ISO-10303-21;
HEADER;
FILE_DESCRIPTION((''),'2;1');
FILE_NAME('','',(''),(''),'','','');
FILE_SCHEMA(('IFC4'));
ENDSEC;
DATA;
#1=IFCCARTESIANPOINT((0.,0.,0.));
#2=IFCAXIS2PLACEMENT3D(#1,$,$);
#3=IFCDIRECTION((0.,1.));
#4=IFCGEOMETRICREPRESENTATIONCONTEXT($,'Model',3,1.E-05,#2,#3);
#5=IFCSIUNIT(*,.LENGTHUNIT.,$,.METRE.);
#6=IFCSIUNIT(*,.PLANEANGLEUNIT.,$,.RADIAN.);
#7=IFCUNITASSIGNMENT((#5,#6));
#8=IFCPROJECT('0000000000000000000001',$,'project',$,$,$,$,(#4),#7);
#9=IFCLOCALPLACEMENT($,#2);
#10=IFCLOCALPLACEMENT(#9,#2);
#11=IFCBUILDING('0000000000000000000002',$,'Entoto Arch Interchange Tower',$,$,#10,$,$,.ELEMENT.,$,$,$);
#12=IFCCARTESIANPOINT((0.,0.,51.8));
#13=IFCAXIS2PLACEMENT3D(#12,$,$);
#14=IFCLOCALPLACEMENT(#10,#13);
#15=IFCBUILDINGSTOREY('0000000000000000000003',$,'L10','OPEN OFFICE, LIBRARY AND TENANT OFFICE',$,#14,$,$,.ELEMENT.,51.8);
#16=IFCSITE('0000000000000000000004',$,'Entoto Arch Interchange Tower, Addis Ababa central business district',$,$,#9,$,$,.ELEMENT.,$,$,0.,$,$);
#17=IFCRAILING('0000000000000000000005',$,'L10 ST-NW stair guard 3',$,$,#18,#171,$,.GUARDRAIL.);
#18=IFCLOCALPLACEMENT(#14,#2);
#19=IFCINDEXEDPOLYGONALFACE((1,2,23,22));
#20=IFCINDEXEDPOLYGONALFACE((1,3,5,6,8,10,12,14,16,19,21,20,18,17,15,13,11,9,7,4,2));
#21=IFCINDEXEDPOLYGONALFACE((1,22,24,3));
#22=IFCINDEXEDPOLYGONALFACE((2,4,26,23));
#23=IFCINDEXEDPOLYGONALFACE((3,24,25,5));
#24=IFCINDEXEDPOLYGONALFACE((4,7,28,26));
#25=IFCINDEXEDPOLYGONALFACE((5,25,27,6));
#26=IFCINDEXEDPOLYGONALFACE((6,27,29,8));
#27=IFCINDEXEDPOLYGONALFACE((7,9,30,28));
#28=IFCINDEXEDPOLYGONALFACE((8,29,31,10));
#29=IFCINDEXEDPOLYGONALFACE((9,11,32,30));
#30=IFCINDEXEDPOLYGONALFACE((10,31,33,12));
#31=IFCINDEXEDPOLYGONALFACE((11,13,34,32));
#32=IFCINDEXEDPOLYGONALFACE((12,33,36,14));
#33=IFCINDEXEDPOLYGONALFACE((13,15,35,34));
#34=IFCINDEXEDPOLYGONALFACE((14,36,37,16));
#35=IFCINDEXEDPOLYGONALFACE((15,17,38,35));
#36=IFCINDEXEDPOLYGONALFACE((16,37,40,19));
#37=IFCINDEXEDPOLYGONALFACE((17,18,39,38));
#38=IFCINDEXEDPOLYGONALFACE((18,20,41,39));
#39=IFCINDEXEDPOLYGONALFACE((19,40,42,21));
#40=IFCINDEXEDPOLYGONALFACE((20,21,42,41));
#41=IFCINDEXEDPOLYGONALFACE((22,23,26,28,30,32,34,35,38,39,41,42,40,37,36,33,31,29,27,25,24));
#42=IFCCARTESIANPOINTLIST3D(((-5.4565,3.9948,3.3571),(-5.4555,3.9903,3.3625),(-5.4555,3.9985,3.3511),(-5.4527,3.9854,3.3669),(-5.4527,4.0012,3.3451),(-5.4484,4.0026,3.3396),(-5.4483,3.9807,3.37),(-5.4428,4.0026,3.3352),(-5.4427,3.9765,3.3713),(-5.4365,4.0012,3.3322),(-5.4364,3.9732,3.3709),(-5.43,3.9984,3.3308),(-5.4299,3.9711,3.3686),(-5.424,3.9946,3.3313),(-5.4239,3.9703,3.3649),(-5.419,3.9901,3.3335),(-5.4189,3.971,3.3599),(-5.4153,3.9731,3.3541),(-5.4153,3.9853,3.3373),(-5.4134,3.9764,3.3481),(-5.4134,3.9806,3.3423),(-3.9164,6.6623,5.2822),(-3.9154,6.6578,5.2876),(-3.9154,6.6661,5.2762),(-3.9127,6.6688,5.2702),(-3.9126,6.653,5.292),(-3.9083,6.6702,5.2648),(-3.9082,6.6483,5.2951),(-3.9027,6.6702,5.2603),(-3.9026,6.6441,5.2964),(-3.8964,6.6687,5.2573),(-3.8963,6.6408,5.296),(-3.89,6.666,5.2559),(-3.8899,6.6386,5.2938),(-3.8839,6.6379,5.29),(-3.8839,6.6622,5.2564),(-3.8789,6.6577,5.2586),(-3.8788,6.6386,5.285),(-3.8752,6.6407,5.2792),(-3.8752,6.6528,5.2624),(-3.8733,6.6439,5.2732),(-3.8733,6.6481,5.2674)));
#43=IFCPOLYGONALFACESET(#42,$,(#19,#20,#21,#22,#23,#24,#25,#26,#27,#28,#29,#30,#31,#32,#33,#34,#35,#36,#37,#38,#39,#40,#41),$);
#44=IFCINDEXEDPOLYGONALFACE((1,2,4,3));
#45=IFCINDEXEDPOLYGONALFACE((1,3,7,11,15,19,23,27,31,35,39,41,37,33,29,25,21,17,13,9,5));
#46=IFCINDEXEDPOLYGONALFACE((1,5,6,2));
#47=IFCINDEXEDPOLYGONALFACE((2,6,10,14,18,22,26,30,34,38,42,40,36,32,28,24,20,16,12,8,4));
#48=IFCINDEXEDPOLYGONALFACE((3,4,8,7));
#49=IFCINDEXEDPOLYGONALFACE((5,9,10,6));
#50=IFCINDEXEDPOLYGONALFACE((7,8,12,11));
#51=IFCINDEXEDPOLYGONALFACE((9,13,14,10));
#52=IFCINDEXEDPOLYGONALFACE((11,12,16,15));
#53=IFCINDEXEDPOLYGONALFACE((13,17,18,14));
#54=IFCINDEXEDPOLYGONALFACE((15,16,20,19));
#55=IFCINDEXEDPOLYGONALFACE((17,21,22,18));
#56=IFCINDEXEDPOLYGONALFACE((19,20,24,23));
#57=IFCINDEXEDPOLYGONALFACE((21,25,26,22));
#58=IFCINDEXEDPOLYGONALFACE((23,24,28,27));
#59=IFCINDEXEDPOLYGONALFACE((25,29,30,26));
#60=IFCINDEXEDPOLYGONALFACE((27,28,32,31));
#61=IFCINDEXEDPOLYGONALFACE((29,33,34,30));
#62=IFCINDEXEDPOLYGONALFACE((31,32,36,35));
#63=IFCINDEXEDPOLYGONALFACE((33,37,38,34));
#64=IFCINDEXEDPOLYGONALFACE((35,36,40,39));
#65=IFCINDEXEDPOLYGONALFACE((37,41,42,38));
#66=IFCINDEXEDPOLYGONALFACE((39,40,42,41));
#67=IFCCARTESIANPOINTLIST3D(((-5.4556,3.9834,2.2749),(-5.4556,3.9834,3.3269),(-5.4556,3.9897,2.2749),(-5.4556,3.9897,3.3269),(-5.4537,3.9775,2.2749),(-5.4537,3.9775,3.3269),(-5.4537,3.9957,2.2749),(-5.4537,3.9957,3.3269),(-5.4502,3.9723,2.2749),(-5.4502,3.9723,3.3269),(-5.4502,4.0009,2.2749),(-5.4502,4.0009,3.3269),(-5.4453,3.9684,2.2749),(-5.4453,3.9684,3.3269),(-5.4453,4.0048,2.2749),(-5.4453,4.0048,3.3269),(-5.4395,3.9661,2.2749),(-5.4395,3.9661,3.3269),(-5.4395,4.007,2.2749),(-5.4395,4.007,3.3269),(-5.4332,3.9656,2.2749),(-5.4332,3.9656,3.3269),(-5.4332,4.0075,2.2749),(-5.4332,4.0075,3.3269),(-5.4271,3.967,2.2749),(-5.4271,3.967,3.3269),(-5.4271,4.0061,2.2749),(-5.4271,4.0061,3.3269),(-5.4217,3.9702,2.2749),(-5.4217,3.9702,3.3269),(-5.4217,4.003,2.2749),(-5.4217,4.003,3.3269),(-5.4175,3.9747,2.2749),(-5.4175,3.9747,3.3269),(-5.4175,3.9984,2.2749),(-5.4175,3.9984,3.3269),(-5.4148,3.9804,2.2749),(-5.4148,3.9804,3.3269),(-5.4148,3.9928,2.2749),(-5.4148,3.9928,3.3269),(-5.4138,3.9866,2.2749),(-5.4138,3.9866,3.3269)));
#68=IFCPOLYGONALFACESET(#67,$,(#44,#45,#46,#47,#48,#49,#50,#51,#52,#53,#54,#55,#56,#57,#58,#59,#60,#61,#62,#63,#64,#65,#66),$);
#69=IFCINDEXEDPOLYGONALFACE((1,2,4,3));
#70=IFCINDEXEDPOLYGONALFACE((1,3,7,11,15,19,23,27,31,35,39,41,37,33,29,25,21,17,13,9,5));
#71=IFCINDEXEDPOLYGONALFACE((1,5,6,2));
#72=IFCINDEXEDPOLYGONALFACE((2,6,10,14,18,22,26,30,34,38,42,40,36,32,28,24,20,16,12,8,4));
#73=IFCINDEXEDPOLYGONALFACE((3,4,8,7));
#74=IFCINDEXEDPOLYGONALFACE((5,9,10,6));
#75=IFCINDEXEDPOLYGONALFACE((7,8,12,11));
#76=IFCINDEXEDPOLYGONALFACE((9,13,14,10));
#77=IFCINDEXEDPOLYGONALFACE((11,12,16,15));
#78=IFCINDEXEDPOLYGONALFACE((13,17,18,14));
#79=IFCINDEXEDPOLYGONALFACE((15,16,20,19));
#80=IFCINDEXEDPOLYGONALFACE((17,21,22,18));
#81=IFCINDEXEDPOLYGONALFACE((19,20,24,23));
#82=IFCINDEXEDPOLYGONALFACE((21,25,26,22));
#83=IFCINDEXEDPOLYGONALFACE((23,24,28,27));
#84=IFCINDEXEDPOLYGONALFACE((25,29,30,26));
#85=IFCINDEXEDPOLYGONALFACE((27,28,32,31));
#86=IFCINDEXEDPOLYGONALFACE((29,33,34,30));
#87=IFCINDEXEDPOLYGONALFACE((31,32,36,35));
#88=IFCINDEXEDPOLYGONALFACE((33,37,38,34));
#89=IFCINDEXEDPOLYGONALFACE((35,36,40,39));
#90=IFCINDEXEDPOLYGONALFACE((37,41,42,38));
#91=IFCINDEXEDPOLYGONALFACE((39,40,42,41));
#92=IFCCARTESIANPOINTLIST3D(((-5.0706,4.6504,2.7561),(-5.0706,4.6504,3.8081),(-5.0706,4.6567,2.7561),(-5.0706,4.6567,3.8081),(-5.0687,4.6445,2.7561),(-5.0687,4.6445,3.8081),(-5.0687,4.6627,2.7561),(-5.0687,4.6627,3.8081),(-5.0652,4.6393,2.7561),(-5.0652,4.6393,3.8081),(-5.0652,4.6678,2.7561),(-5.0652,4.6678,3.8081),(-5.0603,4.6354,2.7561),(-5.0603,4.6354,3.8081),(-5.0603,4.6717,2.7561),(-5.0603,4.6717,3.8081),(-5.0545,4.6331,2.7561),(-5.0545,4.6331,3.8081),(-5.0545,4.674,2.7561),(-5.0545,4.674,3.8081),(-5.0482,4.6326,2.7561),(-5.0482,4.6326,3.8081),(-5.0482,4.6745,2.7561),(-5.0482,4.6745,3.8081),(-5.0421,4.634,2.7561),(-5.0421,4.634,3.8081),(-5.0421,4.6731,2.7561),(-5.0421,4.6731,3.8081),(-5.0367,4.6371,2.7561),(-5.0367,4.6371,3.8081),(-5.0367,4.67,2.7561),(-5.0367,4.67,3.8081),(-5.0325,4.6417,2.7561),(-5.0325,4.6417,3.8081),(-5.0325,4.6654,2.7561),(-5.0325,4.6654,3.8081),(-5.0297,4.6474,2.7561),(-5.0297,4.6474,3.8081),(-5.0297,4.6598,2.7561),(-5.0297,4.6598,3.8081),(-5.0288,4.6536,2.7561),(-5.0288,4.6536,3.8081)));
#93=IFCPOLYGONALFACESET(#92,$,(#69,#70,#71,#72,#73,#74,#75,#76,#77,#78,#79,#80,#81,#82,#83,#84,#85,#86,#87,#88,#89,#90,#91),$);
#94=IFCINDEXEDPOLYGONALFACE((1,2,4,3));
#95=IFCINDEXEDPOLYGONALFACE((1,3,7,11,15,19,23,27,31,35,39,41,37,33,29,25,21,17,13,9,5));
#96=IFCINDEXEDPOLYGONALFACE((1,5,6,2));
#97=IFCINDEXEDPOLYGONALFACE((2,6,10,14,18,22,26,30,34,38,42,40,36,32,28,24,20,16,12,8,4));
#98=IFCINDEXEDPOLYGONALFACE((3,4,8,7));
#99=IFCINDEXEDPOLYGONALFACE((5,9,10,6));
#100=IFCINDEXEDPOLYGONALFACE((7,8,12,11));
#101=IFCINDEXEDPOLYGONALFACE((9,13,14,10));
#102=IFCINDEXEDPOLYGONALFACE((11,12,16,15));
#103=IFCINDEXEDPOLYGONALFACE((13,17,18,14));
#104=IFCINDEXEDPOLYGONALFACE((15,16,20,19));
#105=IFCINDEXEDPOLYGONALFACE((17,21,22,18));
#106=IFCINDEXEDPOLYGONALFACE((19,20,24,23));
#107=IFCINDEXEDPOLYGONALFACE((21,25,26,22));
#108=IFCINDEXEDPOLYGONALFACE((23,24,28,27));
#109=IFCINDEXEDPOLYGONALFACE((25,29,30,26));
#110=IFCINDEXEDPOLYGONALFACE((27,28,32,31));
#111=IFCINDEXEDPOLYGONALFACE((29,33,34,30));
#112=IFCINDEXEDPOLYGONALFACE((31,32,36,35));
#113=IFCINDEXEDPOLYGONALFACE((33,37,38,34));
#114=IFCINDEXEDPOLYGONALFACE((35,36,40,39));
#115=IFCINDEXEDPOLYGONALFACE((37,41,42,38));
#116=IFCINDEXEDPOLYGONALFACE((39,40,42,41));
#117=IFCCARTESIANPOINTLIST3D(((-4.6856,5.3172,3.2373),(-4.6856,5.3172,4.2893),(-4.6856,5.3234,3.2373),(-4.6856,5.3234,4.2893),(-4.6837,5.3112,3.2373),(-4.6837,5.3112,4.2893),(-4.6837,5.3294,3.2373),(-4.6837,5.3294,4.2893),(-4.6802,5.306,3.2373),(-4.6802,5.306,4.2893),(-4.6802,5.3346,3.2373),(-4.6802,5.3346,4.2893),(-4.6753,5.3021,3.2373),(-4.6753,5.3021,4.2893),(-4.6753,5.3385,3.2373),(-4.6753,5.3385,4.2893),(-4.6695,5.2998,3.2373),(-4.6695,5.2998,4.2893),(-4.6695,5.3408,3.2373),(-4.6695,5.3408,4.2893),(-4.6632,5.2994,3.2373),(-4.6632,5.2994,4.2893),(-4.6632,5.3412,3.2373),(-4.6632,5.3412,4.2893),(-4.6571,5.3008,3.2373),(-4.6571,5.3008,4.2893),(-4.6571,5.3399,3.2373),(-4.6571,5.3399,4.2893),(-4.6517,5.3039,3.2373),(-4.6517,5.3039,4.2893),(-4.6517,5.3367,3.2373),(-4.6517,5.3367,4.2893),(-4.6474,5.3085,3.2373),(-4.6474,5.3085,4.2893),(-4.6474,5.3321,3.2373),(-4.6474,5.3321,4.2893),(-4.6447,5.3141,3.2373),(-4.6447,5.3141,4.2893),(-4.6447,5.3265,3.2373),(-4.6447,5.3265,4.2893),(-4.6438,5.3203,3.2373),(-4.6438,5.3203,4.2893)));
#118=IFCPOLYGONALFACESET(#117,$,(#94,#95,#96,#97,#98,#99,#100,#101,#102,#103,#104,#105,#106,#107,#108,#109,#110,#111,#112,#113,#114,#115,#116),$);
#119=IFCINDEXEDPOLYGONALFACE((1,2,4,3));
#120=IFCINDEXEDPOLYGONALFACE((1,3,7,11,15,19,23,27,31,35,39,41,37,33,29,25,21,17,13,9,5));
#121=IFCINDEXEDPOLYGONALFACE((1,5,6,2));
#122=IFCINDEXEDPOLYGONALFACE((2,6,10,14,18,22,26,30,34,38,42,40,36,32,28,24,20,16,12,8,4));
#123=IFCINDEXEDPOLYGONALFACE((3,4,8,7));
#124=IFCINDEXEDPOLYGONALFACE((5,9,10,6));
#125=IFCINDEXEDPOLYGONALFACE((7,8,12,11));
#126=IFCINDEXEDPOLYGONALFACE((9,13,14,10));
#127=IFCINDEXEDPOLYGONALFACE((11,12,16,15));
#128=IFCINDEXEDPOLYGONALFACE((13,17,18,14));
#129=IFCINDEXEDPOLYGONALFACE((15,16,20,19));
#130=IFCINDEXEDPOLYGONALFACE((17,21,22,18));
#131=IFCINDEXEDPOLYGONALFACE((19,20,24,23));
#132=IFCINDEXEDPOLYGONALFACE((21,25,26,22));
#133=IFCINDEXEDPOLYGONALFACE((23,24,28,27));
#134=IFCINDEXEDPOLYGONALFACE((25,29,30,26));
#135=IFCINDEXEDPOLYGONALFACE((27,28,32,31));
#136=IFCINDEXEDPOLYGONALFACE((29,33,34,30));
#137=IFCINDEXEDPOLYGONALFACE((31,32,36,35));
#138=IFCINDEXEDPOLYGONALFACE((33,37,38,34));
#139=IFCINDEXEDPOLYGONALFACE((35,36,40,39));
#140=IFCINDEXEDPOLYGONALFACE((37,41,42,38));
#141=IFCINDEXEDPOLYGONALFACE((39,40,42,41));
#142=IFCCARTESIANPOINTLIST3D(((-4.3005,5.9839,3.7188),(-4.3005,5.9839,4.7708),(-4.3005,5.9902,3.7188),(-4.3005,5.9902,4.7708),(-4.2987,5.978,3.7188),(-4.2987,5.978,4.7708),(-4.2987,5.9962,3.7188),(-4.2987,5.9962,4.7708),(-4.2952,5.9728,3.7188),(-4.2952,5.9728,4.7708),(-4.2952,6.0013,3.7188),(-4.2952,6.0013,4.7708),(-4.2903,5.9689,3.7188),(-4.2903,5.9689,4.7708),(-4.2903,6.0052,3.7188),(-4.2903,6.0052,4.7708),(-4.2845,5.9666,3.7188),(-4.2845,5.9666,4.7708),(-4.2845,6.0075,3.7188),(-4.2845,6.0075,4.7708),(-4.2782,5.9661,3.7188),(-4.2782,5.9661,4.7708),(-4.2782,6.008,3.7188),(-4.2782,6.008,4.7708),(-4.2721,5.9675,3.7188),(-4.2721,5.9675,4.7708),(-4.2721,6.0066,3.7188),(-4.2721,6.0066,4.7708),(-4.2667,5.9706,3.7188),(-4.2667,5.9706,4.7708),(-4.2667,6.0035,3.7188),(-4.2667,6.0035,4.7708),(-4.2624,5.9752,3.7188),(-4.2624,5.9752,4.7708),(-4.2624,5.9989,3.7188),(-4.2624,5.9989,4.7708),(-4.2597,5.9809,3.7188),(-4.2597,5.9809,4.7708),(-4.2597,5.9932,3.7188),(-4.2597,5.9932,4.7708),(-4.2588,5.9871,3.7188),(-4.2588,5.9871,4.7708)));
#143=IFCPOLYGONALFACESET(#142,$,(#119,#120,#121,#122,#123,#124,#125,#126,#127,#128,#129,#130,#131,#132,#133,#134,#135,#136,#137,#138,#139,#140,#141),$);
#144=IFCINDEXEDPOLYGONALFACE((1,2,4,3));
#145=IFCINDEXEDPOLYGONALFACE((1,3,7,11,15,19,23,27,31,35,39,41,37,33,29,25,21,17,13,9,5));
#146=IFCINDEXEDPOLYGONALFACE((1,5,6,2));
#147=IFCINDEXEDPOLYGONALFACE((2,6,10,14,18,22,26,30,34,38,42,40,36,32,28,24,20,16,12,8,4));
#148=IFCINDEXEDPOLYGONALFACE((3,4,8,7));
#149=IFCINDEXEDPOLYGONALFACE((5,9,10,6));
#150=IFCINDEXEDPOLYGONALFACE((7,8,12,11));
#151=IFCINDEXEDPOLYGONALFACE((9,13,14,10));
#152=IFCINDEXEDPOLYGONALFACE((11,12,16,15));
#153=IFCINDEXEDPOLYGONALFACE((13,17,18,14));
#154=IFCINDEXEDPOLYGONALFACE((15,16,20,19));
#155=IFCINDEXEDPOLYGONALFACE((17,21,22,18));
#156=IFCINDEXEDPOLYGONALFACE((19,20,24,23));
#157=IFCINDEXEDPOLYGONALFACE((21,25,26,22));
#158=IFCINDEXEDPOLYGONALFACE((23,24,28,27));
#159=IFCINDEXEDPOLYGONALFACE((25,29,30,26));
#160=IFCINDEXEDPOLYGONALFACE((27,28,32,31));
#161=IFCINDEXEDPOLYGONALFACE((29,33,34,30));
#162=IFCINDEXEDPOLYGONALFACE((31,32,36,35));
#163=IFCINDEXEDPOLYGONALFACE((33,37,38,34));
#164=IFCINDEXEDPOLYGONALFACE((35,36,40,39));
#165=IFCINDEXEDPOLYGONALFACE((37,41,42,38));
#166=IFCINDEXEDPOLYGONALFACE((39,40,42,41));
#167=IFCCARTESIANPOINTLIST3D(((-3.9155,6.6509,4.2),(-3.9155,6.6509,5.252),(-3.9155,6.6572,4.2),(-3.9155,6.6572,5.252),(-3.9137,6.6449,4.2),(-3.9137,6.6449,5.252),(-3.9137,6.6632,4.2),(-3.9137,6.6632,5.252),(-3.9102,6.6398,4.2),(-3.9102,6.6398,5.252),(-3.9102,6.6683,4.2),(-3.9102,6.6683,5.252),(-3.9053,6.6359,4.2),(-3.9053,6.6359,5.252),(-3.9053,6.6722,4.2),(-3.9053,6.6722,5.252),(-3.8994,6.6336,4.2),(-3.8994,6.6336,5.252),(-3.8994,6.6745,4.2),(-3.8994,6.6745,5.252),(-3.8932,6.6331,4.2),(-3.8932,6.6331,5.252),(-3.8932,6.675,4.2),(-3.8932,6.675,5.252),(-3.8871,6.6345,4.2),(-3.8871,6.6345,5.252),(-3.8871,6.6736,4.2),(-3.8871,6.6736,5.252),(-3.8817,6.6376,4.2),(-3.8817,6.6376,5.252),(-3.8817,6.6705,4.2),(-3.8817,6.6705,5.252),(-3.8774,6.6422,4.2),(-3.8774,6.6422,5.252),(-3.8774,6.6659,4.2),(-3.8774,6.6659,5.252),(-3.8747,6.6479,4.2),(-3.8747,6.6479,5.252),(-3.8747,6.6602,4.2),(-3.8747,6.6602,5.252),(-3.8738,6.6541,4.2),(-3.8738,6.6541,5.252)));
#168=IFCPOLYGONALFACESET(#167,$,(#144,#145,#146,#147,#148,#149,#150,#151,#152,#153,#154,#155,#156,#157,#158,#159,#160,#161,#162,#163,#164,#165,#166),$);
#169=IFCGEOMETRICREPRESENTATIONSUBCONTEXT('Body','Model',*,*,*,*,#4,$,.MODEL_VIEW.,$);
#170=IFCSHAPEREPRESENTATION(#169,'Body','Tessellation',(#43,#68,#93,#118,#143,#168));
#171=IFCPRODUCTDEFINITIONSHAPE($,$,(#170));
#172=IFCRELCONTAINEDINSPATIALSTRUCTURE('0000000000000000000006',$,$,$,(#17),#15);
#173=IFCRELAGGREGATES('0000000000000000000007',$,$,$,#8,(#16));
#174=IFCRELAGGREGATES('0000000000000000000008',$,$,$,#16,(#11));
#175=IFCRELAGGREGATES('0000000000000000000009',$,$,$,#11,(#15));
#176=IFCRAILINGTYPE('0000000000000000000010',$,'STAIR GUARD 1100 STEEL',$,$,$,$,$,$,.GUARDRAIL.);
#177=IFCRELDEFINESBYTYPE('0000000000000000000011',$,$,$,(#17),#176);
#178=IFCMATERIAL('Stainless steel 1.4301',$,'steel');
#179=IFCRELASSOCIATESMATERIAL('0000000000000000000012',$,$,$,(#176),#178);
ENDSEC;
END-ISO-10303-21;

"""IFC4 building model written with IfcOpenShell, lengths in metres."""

from ifc_helpers import new_model, si_unit, direction, frame, origin, origin_2d, place, context, subcontext, project, spatial, circle, extrude, material, type_object, element, save


model = new_model("IFC4")

# Units and contexts
model_context = context("Model", 3, precision=1e-05, world=origin(), true_north=direction((0.0, 1.0)))
body_context = subcontext(model_context, "Body", "Model", "MODEL_VIEW")
ifc_project = project(units=[si_unit("LENGTHUNIT", "METRE"), si_unit("PLANEANGLEUNIT", "RADIAN")], contexts=[model_context])

# Site, building, storey
site_placement = place(None, origin())
site = spatial("IfcSite", under=ifc_project, at=site_placement, Name="Entoto Arch Interchange Tower, Addis Ababa central business district", CompositionType="ELEMENT", RefElevation=0.0)
building_placement = place(site_placement, origin())
building = spatial("IfcBuilding", under=site, at=building_placement, Name="Entoto Arch Interchange Tower", CompositionType="ELEMENT")
storey_placement = place(building_placement, frame((0.0, 0.0, 51.8)))
storey = spatial("IfcBuildingStorey", under=building, at=storey_placement, Name="L10", Description="OPEN OFFICE, LIBRARY AND TENANT OFFICE", CompositionType="ELEMENT", Elevation=51.8)

# Railing
ifc_material_1 = material(Name="Stainless steel 1.4301", Category="steel")
railing_type_1 = type_object("IfcRailingType", Name="STAIR GUARD 1100 STEEL", PredefinedType="GUARDRAIL", material=ifc_material_1)
railing_1_placement = place(storey_placement, frame((-5.4348, 3.9866, 2.2749)))
element("IfcRailing", 1, at=railing_1_placement, inside=storey, type_object=railing_type_1, Name="L10 ST-NW stair guard 3", PredefinedType="GUARDRAIL", context=body_context, shape_type="SweptSolid", body=[
    extrude(circle(Radius=0.0239, at=origin_2d()), frame((0.0, 0.0, 1.0762), z_axis=(0.423994, 0.734395, 0.529993), x_axis=(-0.86603, 0.499992, 0.0)), (0.0, 0.0, 1.0), 3.6323),
    extrude(circle(Radius=0.021, at=origin_2d()), origin(), (0.0, 0.0, 1.0), 1.052),
    extrude(circle(Radius=0.021, at=origin_2d()), frame((0.385, 0.667, 0.4812)), (0.0, 0.0, 1.0), 1.052),
    extrude(circle(Radius=0.021, at=origin_2d()), frame((0.77, 1.3337, 0.9624)), (0.0, 0.0, 1.0), 1.052),
    extrude(circle(Radius=0.021, at=origin_2d()), frame((1.155, 2.0005, 1.4438)), (0.0, 0.0, 1.0), 1.052),
    extrude(circle(Radius=0.021, at=origin_2d()), frame((1.54, 2.6675, 1.925)), (0.0, 0.0, 1.0), 1.052),
])

save(model, "model.ifc")
